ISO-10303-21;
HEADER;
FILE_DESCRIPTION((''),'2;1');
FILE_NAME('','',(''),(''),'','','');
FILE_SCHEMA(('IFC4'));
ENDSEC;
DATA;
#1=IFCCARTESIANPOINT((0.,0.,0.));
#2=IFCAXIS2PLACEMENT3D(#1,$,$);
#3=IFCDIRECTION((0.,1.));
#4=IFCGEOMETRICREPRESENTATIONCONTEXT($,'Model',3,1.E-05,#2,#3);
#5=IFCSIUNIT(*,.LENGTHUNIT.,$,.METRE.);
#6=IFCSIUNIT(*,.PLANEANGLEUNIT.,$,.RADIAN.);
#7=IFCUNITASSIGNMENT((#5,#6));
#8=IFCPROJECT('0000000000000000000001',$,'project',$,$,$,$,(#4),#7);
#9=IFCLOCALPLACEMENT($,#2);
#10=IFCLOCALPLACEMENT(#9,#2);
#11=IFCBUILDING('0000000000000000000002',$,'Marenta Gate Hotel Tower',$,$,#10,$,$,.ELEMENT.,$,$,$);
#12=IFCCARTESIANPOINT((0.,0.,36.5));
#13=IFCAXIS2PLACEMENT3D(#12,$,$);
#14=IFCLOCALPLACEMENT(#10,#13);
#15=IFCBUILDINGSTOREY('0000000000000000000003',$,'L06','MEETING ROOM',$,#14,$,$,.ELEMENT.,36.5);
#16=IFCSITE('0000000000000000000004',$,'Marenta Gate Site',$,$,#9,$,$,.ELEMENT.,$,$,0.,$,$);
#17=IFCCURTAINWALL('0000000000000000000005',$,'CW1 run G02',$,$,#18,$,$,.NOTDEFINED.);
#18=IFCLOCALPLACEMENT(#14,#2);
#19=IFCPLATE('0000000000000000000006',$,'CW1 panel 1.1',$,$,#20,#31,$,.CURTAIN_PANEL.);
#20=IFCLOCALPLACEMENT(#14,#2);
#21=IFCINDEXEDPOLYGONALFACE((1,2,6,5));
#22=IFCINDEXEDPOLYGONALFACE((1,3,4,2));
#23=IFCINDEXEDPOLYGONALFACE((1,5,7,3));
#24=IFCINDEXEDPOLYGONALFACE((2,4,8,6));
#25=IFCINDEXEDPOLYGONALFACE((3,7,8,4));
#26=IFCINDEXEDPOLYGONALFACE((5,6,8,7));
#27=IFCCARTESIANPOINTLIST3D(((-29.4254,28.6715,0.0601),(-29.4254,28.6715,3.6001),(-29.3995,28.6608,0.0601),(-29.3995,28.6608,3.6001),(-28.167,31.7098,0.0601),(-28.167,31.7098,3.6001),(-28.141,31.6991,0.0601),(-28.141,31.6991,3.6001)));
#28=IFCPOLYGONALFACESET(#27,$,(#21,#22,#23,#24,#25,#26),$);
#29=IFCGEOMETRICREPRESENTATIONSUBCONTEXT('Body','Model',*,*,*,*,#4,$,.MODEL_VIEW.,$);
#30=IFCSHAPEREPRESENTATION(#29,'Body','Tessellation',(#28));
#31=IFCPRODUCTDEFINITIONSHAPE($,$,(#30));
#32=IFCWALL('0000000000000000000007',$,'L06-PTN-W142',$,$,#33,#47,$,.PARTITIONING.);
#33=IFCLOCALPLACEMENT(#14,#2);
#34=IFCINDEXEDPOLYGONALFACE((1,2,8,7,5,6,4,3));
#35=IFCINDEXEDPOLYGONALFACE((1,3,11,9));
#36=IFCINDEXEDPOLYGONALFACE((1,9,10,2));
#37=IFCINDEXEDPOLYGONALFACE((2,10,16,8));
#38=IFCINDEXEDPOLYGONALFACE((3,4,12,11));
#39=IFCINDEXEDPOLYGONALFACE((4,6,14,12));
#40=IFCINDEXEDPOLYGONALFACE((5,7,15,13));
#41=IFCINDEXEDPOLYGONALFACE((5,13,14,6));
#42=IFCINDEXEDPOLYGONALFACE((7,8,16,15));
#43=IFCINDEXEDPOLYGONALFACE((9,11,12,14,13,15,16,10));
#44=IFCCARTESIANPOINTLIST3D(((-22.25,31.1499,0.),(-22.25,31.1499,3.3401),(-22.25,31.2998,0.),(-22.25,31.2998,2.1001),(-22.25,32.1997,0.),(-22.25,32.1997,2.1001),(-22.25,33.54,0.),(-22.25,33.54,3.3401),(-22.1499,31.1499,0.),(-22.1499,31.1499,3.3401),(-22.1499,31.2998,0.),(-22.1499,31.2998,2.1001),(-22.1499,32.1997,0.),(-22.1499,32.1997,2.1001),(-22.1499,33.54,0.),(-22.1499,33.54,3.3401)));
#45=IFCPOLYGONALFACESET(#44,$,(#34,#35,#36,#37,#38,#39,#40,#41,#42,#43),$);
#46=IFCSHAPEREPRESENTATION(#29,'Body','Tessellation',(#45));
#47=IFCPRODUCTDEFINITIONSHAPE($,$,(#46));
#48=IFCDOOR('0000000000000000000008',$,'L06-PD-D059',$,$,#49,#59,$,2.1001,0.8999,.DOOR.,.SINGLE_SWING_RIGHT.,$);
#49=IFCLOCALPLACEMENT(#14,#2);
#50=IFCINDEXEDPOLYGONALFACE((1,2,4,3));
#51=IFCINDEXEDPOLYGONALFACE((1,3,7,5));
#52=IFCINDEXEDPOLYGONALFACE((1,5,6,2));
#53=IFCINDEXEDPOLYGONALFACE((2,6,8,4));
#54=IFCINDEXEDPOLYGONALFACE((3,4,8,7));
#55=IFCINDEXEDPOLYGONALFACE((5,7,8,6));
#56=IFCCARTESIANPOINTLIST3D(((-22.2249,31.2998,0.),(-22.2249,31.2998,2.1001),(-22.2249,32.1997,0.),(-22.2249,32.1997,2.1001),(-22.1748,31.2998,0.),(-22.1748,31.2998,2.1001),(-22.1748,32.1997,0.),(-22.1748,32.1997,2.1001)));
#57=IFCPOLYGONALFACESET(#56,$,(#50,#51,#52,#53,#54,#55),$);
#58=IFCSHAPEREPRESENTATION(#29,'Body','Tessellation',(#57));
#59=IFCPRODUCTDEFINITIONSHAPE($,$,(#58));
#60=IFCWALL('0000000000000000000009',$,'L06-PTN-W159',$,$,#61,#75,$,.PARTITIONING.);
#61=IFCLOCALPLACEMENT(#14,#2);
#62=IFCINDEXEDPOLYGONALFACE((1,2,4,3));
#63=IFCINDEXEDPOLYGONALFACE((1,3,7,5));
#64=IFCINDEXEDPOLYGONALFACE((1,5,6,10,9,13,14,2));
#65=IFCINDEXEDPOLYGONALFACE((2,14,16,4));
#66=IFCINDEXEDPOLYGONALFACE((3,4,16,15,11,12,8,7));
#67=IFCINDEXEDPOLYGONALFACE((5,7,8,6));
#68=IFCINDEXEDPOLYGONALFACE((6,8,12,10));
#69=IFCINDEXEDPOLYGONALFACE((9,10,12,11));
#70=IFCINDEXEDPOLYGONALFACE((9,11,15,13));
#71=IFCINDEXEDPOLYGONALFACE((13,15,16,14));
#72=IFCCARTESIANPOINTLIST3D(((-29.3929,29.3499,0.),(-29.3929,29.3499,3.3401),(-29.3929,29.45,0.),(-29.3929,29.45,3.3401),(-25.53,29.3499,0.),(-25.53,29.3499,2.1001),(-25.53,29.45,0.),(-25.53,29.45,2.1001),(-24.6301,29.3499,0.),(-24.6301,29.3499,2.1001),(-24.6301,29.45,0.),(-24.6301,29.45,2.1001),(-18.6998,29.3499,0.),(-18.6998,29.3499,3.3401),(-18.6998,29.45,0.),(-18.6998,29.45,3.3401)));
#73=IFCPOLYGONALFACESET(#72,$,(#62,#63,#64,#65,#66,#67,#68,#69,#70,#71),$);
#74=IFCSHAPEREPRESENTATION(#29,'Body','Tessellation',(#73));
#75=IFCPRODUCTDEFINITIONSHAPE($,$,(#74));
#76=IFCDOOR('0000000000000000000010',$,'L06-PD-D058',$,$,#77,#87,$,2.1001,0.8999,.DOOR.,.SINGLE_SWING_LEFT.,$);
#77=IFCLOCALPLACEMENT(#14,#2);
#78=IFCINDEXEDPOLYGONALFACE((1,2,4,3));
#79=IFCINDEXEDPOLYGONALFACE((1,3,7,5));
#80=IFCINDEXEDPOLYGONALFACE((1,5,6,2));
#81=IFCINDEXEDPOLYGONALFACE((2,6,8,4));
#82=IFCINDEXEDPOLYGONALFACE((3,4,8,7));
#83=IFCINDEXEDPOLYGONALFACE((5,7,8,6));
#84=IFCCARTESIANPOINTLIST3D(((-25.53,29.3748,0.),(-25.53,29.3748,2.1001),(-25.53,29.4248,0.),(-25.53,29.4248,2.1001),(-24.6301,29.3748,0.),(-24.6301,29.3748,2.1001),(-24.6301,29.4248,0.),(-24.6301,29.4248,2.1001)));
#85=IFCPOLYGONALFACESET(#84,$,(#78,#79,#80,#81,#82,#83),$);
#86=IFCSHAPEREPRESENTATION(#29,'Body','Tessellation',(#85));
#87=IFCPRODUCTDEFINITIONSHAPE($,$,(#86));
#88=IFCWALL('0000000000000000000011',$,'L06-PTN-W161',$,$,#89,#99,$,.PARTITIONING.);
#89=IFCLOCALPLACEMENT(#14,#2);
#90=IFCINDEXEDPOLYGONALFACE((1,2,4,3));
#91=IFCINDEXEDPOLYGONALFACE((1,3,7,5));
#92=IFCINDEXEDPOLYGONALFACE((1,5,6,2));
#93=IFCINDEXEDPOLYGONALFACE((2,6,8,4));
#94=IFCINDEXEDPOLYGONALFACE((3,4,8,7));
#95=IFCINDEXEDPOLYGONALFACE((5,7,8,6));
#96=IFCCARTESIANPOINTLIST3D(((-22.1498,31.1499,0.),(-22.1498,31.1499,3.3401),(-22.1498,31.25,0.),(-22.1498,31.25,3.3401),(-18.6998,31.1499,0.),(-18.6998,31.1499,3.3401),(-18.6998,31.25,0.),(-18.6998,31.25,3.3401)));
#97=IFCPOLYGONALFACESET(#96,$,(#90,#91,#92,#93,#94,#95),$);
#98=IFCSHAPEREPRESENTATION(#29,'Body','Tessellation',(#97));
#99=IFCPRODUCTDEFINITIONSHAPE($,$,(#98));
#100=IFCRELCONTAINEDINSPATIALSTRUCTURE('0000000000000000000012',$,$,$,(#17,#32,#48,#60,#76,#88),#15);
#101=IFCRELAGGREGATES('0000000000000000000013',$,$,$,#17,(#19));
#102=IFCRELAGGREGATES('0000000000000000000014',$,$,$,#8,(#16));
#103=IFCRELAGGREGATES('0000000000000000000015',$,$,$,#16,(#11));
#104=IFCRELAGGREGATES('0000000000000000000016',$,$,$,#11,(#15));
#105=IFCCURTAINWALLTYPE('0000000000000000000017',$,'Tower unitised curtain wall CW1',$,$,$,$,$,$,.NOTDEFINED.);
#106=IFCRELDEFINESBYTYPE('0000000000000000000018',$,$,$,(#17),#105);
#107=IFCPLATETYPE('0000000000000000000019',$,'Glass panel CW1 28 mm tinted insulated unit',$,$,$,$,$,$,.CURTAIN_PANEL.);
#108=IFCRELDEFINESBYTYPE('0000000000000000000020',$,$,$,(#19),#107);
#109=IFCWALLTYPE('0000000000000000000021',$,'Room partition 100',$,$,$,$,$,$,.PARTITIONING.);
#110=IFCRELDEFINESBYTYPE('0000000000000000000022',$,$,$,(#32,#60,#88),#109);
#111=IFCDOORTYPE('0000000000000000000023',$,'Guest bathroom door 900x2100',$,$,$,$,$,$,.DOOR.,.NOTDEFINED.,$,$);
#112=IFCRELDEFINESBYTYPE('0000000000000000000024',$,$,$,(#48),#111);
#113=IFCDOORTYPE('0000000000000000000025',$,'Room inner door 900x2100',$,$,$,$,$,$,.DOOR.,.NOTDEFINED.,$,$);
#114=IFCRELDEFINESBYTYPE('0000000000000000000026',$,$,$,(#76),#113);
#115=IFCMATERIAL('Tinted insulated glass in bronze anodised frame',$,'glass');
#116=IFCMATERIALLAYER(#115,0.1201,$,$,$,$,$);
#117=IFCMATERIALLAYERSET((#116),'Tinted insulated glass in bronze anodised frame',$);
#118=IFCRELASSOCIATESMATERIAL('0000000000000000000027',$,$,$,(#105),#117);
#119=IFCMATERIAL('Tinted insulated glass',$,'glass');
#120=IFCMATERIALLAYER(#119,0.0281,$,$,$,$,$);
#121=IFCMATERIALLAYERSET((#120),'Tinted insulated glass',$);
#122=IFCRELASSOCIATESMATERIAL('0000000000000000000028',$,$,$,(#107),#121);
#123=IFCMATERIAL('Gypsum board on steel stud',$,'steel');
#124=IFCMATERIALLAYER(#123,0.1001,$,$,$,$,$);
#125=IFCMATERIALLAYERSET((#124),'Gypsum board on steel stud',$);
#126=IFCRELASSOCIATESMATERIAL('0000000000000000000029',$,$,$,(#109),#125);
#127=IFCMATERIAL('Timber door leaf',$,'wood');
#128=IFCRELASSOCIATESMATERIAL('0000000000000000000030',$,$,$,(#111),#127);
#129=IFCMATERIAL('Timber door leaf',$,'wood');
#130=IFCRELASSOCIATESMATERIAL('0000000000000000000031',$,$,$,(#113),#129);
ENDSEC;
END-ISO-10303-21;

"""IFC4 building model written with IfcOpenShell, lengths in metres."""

from ifc_helpers import new_model, si_unit, direction, frame, frame_2d, origin, origin_2d, place, context, subcontext, project, spatial, rectangle, extrude, material, layer, layer_set, type_object, element, fill, aggregate, save


model = new_model("IFC4")

# Units and contexts
model_context = context("Model", 3, precision=1e-05, world=origin(), true_north=direction((0.0, 1.0)))
body_context = subcontext(model_context, "Body", "Model", "MODEL_VIEW")
ifc_project = project(units=[si_unit("LENGTHUNIT", "METRE"), si_unit("PLANEANGLEUNIT", "RADIAN")], contexts=[model_context])

# Site, building, storey
site_placement = place(None, origin())
site = spatial("IfcSite", under=ifc_project, at=site_placement, Name="Marenta Gate Site", CompositionType="ELEMENT", RefElevation=0.0)
building_placement = place(site_placement, origin())
building = spatial("IfcBuilding", under=site, at=building_placement, Name="Marenta Gate Hotel Tower", CompositionType="ELEMENT")
storey_placement = place(building_placement, frame((0.0, 0.0, 36.5)))
storey = spatial("IfcBuildingStorey", under=building, at=storey_placement, Name="L06", Description="MEETING ROOM", CompositionType="ELEMENT", Elevation=36.5)

# Curtain wall
ifc_material_1 = material(Name="Tinted insulated glass in bronze anodised frame", Category="glass")
ifc_layer_1 = layer(ifc_material_1, 0.1201)
ifc_layer_set_1 = layer_set([ifc_layer_1], Name="Tinted insulated glass in bronze anodised frame")
curtain_wall_type = type_object("IfcCurtainWallType", Name="Tower unitised curtain wall CW1", PredefinedType="NOTDEFINED", material=ifc_layer_set_1)
curtain_wall_1_placement = place(storey_placement, origin())
curtain_wall_1 = element("IfcCurtainWall", 1, at=curtain_wall_1_placement, inside=storey, type_object=curtain_wall_type, Name="CW1 run G02", PredefinedType="NOTDEFINED")

# Plate
ifc_material_2 = material(Name="Tinted insulated glass", Category="glass")
ifc_layer_2 = layer(ifc_material_2, 0.0281)
ifc_layer_set_2 = layer_set([ifc_layer_2], Name="Tinted insulated glass")
plate_type = type_object("IfcPlateType", Name="Glass panel CW1 28 mm tinted insulated unit", PredefinedType="CURTAIN_PANEL", material=ifc_layer_set_2)
plate_1_placement = place(storey_placement, frame((-28.7832, 30.1853, 0.0601), z_axis=(0.0, 0.0, 1.0), x_axis=(-0.38267, -0.923885, 0.0)))
plate_1 = element("IfcPlate", 2, at=plate_1_placement, type_object=plate_type, Name="CW1 panel 1.1", PredefinedType="CURTAIN_PANEL", context=body_context, shape_type="SweptSolid", body=[
    extrude(rectangle(XDim=3.2886, YDim=0.0281, at=origin_2d()), origin(), (0.0, 0.0, 1.0), 3.54),
])
aggregate(curtain_wall_1, [plate_1])

# Walls, openings, doors
ifc_material_3 = material(Name="Gypsum board on steel stud", Category="steel")
ifc_layer_3 = layer(ifc_material_3, 0.1001)
ifc_layer_set_3 = layer_set([ifc_layer_3], Name="Gypsum board on steel stud")
wall_type = type_object("IfcWallType", Name="Room partition 100", PredefinedType="PARTITIONING", material=ifc_layer_set_3)
wall_1_placement = place(storey_placement, frame((-22.2, 31.1499, 0.0), z_axis=(0.0, 0.0, 1.0), x_axis=(0.0, 1.0, 0.0)))
wall_1 = element("IfcWall", 3, at=wall_1_placement, inside=storey, type_object=wall_type, Name="L06-PTN-W142", PredefinedType="PARTITIONING", context=body_context, shape_type="SweptSolid", body=[
    extrude(rectangle(XDim=2.3901, YDim=0.1001, at=frame_2d((1.1951, 0.0))), origin(), (0.0, 0.0, 1.0), 3.3401),
])
opening_1_placement = place(wall_1_placement, frame((0.1499, 0.0, 0.0)))
opening_1 = element("IfcOpeningElement", 4, at=opening_1_placement, cuts=wall_1, PredefinedType="OPENING", context=body_context, shape_type="SweptSolid", body=[
    extrude(rectangle(XDim=0.8999, YDim=2.1001, at=frame_2d((0.45, 1.05))), frame((0.0, 0.05, 0.0), z_axis=(0.0, -1.0, 0.0), x_axis=(1.0, 0.0, 0.0)), (0.0, 0.0, 1.0), 0.1001),
])
ifc_material_4 = material(Name="Timber door leaf", Category="wood")
door_type_1 = type_object("IfcDoorType", Name="Guest bathroom door 900x2100", OperationType="NOTDEFINED", PredefinedType="DOOR", material=ifc_material_4)
door_1_placement = place(opening_1_placement, origin())
door_1 = element("IfcDoor", 5, at=door_1_placement, inside=storey, type_object=door_type_1, Name="L06-PD-D059", OperationType="SINGLE_SWING_RIGHT", OverallHeight=2.1001, OverallWidth=0.8999, PredefinedType="DOOR", context=body_context, shape_type="SweptSolid", body=[
    extrude(rectangle(XDim=0.8999, YDim=2.1001, at=frame_2d((0.45, 1.05))), frame((0.0, 0.0249, 0.0), z_axis=(0.0, -1.0, 0.0), x_axis=(1.0, 0.0, 0.0)), (0.0, 0.0, 1.0), 0.05),
])
fill(opening_1, door_1)
wall_2_placement = place(storey_placement, frame((-29.3931, 29.3999, 0.0), z_axis=(0.0, 0.0, 1.0), x_axis=(1.0, 0.0, 0.0)))
wall_2 = element("IfcWall", 6, at=wall_2_placement, inside=storey, type_object=wall_type, Name="L06-PTN-W159", PredefinedType="PARTITIONING", context=body_context, shape_type="SweptSolid", body=[
    extrude(rectangle(XDim=10.6931, YDim=0.1001, at=frame_2d((5.3467, 0.0))), origin(), (0.0, 0.0, 1.0), 3.3401),
])
opening_2_placement = place(wall_2_placement, frame((3.863, 0.0, 0.0)))
opening_2 = element("IfcOpeningElement", 7, at=opening_2_placement, cuts=wall_2, PredefinedType="OPENING", context=body_context, shape_type="SweptSolid", body=[
    extrude(rectangle(XDim=0.8999, YDim=2.1001, at=frame_2d((0.45, 1.05))), frame((0.0, 0.05, 0.0), z_axis=(0.0, -1.0, 0.0), x_axis=(1.0, 0.0, 0.0)), (0.0, 0.0, 1.0), 0.1001),
])
ifc_material_5 = material(Name="Timber door leaf", Category="wood")
door_type_2 = type_object("IfcDoorType", Name="Room inner door 900x2100", OperationType="NOTDEFINED", PredefinedType="DOOR", material=ifc_material_5)
door_2_placement = place(opening_2_placement, origin())
door_2 = element("IfcDoor", 8, at=door_2_placement, inside=storey, type_object=door_type_2, Name="L06-PD-D058", OperationType="SINGLE_SWING_LEFT", OverallHeight=2.1001, OverallWidth=0.8999, PredefinedType="DOOR", context=body_context, shape_type="SweptSolid", body=[
    extrude(rectangle(XDim=0.8999, YDim=2.1001, at=frame_2d((0.45, 1.05))), frame((0.0, 0.0249, 0.0), z_axis=(0.0, -1.0, 0.0), x_axis=(1.0, 0.0, 0.0)), (0.0, 0.0, 1.0), 0.05),
])
fill(opening_2, door_2)

# Wall
wall_3_placement = place(storey_placement, frame((-22.1499, 31.2, 0.0), z_axis=(0.0, 0.0, 1.0), x_axis=(1.0, 0.0, 0.0)))
element("IfcWall", 9, at=wall_3_placement, inside=storey, type_object=wall_type, Name="L06-PTN-W161", PredefinedType="PARTITIONING", context=body_context, shape_type="SweptSolid", body=[
    extrude(rectangle(XDim=3.45, YDim=0.1001, at=frame_2d((1.7251, 0.0))), origin(), (0.0, 0.0, 1.0), 3.3401),
])

save(model, "model.ifc")
